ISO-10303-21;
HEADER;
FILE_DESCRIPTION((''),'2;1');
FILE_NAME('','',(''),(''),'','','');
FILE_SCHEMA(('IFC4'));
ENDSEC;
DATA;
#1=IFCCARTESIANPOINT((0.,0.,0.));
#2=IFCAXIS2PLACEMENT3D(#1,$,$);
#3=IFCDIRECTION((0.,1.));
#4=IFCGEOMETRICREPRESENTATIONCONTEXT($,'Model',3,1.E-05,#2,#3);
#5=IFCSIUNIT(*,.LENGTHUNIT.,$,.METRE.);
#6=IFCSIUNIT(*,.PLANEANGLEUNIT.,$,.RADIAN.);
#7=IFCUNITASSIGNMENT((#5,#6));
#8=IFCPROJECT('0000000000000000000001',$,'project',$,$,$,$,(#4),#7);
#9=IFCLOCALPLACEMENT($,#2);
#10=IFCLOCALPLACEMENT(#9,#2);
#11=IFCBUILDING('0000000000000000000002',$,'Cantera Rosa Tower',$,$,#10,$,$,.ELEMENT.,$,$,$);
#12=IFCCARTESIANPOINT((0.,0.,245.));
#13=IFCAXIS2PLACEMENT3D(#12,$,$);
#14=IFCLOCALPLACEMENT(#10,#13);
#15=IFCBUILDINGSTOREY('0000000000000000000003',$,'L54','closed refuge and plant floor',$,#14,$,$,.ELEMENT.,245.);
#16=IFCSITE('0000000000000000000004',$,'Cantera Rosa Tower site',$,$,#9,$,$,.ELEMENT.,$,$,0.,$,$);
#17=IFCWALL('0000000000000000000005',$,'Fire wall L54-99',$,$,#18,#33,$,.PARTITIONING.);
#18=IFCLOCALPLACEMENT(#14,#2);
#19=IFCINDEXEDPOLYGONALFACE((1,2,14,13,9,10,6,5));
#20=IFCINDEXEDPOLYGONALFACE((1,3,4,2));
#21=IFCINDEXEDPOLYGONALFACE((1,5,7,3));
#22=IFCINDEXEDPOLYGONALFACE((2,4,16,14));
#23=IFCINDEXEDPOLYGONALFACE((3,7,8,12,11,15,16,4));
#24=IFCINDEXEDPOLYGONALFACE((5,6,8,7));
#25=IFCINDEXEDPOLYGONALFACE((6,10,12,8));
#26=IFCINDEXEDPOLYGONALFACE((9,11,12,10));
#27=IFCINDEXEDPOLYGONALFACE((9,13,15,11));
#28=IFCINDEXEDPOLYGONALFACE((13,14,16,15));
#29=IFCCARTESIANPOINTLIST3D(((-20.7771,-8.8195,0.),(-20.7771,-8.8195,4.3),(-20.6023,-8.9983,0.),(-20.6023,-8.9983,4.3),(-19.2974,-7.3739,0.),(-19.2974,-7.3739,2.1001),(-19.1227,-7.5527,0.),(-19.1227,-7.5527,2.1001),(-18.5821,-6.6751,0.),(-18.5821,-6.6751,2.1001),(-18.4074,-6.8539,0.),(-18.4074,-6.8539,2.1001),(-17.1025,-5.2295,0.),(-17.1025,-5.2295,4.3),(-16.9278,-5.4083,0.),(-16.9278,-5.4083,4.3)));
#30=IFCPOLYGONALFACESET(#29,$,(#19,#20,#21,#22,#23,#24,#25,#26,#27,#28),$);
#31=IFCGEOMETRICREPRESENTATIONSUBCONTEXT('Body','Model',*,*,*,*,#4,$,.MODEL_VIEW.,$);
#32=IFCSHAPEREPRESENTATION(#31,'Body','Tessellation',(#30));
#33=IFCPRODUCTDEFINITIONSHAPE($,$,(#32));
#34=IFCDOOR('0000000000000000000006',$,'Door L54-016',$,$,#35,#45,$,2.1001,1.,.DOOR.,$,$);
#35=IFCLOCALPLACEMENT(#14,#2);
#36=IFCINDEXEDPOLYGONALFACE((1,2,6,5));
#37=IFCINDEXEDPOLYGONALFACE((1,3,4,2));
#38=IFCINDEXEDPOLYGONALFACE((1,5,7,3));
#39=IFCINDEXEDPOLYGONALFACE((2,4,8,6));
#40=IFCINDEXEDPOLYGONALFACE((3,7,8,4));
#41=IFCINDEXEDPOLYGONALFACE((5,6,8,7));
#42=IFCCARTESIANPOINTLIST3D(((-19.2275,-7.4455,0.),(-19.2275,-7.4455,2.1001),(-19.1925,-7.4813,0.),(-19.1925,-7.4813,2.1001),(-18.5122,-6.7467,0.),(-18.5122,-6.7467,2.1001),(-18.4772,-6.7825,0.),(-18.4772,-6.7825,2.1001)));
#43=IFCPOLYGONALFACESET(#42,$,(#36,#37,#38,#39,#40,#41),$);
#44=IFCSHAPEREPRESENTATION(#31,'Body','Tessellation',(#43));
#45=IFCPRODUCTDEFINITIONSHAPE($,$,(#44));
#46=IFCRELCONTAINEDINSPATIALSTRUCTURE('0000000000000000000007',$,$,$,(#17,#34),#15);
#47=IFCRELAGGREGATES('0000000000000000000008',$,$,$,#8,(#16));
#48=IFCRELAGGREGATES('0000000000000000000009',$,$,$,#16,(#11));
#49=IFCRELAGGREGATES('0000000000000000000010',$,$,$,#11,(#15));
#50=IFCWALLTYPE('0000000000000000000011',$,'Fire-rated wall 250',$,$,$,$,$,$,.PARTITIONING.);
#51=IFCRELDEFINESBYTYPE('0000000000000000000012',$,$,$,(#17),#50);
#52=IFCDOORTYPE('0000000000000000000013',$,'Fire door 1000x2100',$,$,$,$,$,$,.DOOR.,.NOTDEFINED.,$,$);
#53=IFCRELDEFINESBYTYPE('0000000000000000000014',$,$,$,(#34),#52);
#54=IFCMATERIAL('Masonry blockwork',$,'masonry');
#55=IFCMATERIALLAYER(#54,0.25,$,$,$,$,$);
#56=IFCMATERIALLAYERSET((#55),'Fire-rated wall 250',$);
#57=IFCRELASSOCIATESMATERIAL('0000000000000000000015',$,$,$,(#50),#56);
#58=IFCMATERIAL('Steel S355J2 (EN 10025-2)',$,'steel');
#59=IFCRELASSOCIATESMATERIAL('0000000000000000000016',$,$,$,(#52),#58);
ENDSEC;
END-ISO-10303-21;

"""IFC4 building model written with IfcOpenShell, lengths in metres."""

from ifc_helpers import new_model, si_unit, direction, frame, frame_2d, origin, place, context, subcontext, project, spatial, rectangle, extrude, material, layer, layer_set, type_object, element, fill, save


model = new_model("IFC4")

# Units and contexts
model_context = context("Model", 3, precision=1e-05, world=origin(), true_north=direction((0.0, 1.0)))
body_context = subcontext(model_context, "Body", "Model", "MODEL_VIEW")
ifc_project = project(units=[si_unit("LENGTHUNIT", "METRE"), si_unit("PLANEANGLEUNIT", "RADIAN")], contexts=[model_context])

# Site, building, storey
site_placement = place(None, origin())
site = spatial("IfcSite", under=ifc_project, at=site_placement, Name="Cantera Rosa Tower site", CompositionType="ELEMENT", RefElevation=0.0)
building_placement = place(site_placement, origin())
building = spatial("IfcBuilding", under=site, at=building_placement, Name="Cantera Rosa Tower", CompositionType="ELEMENT")
storey_placement = place(building_placement, frame((0.0, 0.0, 245.0)))
storey = spatial("IfcBuildingStorey", under=building, at=storey_placement, Name="L54", Description="closed refuge and plant floor", CompositionType="ELEMENT", Elevation=245.0)

# Shared definitions
ifc_material_1 = material(Name="Masonry blockwork", Category="masonry")
ifc_layer_1 = layer(ifc_material_1, 0.25)
ifc_layer_set_1 = layer_set([ifc_layer_1], Name="Fire-rated wall 250")
wall_type = type_object("IfcWallType", Name="Fire-rated wall 250", PredefinedType="PARTITIONING", material=ifc_layer_set_1)

# Wall, opening, door
wall_1_placement = place(storey_placement, frame((-20.6897, -8.9089, 0.0), z_axis=(0.0, 0.0, 1.0), x_axis=(0.715281, 0.698837, 0.0)))
wall_1 = element("IfcWall", 1, at=wall_1_placement, inside=storey, type_object=wall_type, Name="Fire wall L54-99", PredefinedType="PARTITIONING", context=body_context, shape_type="SweptSolid", body=[
    extrude(rectangle(XDim=5.1372, YDim=0.25, at=frame_2d((2.5686, 0.0))), origin(), (0.0, 0.0, 1.0), 4.3),
])
opening_placement = place(wall_1_placement, frame((2.0686, 0.0, 0.0)))
opening = element("IfcOpeningElement", 2, at=opening_placement, cuts=wall_1, PredefinedType="OPENING", context=body_context, shape_type="SweptSolid", body=[
    extrude(rectangle(XDim=1.0, YDim=2.1001, at=frame_2d((0.5, 1.05))), frame((0.0, 0.135, 0.0), z_axis=(0.0, -1.0, 0.0), x_axis=(1.0, 0.0, 0.0)), (0.0, 0.0, 1.0), 0.27),
])
ifc_material_2 = material(Name="Steel S355J2 (EN 10025-2)", Category="steel")
door_type = type_object("IfcDoorType", Name="Fire door 1000x2100", OperationType="NOTDEFINED", PredefinedType="DOOR", material=ifc_material_2)
door_placement = place(opening_placement, origin())
door = element("IfcDoor", 3, at=door_placement, inside=storey, type_object=door_type, Name="Door L54-016", OverallHeight=2.1001, OverallWidth=1.0, PredefinedType="DOOR", context=body_context, shape_type="SweptSolid", body=[
    extrude(rectangle(XDim=1.0, YDim=2.1001, at=frame_2d((0.5, 1.05))), frame((0.0, 0.0249, 0.0), z_axis=(0.0, -1.0, 0.0), x_axis=(1.0, 0.0, 0.0)), (0.0, 0.0, 1.0), 0.05),
])
fill(opening, door)

save(model, "model.ifc")
